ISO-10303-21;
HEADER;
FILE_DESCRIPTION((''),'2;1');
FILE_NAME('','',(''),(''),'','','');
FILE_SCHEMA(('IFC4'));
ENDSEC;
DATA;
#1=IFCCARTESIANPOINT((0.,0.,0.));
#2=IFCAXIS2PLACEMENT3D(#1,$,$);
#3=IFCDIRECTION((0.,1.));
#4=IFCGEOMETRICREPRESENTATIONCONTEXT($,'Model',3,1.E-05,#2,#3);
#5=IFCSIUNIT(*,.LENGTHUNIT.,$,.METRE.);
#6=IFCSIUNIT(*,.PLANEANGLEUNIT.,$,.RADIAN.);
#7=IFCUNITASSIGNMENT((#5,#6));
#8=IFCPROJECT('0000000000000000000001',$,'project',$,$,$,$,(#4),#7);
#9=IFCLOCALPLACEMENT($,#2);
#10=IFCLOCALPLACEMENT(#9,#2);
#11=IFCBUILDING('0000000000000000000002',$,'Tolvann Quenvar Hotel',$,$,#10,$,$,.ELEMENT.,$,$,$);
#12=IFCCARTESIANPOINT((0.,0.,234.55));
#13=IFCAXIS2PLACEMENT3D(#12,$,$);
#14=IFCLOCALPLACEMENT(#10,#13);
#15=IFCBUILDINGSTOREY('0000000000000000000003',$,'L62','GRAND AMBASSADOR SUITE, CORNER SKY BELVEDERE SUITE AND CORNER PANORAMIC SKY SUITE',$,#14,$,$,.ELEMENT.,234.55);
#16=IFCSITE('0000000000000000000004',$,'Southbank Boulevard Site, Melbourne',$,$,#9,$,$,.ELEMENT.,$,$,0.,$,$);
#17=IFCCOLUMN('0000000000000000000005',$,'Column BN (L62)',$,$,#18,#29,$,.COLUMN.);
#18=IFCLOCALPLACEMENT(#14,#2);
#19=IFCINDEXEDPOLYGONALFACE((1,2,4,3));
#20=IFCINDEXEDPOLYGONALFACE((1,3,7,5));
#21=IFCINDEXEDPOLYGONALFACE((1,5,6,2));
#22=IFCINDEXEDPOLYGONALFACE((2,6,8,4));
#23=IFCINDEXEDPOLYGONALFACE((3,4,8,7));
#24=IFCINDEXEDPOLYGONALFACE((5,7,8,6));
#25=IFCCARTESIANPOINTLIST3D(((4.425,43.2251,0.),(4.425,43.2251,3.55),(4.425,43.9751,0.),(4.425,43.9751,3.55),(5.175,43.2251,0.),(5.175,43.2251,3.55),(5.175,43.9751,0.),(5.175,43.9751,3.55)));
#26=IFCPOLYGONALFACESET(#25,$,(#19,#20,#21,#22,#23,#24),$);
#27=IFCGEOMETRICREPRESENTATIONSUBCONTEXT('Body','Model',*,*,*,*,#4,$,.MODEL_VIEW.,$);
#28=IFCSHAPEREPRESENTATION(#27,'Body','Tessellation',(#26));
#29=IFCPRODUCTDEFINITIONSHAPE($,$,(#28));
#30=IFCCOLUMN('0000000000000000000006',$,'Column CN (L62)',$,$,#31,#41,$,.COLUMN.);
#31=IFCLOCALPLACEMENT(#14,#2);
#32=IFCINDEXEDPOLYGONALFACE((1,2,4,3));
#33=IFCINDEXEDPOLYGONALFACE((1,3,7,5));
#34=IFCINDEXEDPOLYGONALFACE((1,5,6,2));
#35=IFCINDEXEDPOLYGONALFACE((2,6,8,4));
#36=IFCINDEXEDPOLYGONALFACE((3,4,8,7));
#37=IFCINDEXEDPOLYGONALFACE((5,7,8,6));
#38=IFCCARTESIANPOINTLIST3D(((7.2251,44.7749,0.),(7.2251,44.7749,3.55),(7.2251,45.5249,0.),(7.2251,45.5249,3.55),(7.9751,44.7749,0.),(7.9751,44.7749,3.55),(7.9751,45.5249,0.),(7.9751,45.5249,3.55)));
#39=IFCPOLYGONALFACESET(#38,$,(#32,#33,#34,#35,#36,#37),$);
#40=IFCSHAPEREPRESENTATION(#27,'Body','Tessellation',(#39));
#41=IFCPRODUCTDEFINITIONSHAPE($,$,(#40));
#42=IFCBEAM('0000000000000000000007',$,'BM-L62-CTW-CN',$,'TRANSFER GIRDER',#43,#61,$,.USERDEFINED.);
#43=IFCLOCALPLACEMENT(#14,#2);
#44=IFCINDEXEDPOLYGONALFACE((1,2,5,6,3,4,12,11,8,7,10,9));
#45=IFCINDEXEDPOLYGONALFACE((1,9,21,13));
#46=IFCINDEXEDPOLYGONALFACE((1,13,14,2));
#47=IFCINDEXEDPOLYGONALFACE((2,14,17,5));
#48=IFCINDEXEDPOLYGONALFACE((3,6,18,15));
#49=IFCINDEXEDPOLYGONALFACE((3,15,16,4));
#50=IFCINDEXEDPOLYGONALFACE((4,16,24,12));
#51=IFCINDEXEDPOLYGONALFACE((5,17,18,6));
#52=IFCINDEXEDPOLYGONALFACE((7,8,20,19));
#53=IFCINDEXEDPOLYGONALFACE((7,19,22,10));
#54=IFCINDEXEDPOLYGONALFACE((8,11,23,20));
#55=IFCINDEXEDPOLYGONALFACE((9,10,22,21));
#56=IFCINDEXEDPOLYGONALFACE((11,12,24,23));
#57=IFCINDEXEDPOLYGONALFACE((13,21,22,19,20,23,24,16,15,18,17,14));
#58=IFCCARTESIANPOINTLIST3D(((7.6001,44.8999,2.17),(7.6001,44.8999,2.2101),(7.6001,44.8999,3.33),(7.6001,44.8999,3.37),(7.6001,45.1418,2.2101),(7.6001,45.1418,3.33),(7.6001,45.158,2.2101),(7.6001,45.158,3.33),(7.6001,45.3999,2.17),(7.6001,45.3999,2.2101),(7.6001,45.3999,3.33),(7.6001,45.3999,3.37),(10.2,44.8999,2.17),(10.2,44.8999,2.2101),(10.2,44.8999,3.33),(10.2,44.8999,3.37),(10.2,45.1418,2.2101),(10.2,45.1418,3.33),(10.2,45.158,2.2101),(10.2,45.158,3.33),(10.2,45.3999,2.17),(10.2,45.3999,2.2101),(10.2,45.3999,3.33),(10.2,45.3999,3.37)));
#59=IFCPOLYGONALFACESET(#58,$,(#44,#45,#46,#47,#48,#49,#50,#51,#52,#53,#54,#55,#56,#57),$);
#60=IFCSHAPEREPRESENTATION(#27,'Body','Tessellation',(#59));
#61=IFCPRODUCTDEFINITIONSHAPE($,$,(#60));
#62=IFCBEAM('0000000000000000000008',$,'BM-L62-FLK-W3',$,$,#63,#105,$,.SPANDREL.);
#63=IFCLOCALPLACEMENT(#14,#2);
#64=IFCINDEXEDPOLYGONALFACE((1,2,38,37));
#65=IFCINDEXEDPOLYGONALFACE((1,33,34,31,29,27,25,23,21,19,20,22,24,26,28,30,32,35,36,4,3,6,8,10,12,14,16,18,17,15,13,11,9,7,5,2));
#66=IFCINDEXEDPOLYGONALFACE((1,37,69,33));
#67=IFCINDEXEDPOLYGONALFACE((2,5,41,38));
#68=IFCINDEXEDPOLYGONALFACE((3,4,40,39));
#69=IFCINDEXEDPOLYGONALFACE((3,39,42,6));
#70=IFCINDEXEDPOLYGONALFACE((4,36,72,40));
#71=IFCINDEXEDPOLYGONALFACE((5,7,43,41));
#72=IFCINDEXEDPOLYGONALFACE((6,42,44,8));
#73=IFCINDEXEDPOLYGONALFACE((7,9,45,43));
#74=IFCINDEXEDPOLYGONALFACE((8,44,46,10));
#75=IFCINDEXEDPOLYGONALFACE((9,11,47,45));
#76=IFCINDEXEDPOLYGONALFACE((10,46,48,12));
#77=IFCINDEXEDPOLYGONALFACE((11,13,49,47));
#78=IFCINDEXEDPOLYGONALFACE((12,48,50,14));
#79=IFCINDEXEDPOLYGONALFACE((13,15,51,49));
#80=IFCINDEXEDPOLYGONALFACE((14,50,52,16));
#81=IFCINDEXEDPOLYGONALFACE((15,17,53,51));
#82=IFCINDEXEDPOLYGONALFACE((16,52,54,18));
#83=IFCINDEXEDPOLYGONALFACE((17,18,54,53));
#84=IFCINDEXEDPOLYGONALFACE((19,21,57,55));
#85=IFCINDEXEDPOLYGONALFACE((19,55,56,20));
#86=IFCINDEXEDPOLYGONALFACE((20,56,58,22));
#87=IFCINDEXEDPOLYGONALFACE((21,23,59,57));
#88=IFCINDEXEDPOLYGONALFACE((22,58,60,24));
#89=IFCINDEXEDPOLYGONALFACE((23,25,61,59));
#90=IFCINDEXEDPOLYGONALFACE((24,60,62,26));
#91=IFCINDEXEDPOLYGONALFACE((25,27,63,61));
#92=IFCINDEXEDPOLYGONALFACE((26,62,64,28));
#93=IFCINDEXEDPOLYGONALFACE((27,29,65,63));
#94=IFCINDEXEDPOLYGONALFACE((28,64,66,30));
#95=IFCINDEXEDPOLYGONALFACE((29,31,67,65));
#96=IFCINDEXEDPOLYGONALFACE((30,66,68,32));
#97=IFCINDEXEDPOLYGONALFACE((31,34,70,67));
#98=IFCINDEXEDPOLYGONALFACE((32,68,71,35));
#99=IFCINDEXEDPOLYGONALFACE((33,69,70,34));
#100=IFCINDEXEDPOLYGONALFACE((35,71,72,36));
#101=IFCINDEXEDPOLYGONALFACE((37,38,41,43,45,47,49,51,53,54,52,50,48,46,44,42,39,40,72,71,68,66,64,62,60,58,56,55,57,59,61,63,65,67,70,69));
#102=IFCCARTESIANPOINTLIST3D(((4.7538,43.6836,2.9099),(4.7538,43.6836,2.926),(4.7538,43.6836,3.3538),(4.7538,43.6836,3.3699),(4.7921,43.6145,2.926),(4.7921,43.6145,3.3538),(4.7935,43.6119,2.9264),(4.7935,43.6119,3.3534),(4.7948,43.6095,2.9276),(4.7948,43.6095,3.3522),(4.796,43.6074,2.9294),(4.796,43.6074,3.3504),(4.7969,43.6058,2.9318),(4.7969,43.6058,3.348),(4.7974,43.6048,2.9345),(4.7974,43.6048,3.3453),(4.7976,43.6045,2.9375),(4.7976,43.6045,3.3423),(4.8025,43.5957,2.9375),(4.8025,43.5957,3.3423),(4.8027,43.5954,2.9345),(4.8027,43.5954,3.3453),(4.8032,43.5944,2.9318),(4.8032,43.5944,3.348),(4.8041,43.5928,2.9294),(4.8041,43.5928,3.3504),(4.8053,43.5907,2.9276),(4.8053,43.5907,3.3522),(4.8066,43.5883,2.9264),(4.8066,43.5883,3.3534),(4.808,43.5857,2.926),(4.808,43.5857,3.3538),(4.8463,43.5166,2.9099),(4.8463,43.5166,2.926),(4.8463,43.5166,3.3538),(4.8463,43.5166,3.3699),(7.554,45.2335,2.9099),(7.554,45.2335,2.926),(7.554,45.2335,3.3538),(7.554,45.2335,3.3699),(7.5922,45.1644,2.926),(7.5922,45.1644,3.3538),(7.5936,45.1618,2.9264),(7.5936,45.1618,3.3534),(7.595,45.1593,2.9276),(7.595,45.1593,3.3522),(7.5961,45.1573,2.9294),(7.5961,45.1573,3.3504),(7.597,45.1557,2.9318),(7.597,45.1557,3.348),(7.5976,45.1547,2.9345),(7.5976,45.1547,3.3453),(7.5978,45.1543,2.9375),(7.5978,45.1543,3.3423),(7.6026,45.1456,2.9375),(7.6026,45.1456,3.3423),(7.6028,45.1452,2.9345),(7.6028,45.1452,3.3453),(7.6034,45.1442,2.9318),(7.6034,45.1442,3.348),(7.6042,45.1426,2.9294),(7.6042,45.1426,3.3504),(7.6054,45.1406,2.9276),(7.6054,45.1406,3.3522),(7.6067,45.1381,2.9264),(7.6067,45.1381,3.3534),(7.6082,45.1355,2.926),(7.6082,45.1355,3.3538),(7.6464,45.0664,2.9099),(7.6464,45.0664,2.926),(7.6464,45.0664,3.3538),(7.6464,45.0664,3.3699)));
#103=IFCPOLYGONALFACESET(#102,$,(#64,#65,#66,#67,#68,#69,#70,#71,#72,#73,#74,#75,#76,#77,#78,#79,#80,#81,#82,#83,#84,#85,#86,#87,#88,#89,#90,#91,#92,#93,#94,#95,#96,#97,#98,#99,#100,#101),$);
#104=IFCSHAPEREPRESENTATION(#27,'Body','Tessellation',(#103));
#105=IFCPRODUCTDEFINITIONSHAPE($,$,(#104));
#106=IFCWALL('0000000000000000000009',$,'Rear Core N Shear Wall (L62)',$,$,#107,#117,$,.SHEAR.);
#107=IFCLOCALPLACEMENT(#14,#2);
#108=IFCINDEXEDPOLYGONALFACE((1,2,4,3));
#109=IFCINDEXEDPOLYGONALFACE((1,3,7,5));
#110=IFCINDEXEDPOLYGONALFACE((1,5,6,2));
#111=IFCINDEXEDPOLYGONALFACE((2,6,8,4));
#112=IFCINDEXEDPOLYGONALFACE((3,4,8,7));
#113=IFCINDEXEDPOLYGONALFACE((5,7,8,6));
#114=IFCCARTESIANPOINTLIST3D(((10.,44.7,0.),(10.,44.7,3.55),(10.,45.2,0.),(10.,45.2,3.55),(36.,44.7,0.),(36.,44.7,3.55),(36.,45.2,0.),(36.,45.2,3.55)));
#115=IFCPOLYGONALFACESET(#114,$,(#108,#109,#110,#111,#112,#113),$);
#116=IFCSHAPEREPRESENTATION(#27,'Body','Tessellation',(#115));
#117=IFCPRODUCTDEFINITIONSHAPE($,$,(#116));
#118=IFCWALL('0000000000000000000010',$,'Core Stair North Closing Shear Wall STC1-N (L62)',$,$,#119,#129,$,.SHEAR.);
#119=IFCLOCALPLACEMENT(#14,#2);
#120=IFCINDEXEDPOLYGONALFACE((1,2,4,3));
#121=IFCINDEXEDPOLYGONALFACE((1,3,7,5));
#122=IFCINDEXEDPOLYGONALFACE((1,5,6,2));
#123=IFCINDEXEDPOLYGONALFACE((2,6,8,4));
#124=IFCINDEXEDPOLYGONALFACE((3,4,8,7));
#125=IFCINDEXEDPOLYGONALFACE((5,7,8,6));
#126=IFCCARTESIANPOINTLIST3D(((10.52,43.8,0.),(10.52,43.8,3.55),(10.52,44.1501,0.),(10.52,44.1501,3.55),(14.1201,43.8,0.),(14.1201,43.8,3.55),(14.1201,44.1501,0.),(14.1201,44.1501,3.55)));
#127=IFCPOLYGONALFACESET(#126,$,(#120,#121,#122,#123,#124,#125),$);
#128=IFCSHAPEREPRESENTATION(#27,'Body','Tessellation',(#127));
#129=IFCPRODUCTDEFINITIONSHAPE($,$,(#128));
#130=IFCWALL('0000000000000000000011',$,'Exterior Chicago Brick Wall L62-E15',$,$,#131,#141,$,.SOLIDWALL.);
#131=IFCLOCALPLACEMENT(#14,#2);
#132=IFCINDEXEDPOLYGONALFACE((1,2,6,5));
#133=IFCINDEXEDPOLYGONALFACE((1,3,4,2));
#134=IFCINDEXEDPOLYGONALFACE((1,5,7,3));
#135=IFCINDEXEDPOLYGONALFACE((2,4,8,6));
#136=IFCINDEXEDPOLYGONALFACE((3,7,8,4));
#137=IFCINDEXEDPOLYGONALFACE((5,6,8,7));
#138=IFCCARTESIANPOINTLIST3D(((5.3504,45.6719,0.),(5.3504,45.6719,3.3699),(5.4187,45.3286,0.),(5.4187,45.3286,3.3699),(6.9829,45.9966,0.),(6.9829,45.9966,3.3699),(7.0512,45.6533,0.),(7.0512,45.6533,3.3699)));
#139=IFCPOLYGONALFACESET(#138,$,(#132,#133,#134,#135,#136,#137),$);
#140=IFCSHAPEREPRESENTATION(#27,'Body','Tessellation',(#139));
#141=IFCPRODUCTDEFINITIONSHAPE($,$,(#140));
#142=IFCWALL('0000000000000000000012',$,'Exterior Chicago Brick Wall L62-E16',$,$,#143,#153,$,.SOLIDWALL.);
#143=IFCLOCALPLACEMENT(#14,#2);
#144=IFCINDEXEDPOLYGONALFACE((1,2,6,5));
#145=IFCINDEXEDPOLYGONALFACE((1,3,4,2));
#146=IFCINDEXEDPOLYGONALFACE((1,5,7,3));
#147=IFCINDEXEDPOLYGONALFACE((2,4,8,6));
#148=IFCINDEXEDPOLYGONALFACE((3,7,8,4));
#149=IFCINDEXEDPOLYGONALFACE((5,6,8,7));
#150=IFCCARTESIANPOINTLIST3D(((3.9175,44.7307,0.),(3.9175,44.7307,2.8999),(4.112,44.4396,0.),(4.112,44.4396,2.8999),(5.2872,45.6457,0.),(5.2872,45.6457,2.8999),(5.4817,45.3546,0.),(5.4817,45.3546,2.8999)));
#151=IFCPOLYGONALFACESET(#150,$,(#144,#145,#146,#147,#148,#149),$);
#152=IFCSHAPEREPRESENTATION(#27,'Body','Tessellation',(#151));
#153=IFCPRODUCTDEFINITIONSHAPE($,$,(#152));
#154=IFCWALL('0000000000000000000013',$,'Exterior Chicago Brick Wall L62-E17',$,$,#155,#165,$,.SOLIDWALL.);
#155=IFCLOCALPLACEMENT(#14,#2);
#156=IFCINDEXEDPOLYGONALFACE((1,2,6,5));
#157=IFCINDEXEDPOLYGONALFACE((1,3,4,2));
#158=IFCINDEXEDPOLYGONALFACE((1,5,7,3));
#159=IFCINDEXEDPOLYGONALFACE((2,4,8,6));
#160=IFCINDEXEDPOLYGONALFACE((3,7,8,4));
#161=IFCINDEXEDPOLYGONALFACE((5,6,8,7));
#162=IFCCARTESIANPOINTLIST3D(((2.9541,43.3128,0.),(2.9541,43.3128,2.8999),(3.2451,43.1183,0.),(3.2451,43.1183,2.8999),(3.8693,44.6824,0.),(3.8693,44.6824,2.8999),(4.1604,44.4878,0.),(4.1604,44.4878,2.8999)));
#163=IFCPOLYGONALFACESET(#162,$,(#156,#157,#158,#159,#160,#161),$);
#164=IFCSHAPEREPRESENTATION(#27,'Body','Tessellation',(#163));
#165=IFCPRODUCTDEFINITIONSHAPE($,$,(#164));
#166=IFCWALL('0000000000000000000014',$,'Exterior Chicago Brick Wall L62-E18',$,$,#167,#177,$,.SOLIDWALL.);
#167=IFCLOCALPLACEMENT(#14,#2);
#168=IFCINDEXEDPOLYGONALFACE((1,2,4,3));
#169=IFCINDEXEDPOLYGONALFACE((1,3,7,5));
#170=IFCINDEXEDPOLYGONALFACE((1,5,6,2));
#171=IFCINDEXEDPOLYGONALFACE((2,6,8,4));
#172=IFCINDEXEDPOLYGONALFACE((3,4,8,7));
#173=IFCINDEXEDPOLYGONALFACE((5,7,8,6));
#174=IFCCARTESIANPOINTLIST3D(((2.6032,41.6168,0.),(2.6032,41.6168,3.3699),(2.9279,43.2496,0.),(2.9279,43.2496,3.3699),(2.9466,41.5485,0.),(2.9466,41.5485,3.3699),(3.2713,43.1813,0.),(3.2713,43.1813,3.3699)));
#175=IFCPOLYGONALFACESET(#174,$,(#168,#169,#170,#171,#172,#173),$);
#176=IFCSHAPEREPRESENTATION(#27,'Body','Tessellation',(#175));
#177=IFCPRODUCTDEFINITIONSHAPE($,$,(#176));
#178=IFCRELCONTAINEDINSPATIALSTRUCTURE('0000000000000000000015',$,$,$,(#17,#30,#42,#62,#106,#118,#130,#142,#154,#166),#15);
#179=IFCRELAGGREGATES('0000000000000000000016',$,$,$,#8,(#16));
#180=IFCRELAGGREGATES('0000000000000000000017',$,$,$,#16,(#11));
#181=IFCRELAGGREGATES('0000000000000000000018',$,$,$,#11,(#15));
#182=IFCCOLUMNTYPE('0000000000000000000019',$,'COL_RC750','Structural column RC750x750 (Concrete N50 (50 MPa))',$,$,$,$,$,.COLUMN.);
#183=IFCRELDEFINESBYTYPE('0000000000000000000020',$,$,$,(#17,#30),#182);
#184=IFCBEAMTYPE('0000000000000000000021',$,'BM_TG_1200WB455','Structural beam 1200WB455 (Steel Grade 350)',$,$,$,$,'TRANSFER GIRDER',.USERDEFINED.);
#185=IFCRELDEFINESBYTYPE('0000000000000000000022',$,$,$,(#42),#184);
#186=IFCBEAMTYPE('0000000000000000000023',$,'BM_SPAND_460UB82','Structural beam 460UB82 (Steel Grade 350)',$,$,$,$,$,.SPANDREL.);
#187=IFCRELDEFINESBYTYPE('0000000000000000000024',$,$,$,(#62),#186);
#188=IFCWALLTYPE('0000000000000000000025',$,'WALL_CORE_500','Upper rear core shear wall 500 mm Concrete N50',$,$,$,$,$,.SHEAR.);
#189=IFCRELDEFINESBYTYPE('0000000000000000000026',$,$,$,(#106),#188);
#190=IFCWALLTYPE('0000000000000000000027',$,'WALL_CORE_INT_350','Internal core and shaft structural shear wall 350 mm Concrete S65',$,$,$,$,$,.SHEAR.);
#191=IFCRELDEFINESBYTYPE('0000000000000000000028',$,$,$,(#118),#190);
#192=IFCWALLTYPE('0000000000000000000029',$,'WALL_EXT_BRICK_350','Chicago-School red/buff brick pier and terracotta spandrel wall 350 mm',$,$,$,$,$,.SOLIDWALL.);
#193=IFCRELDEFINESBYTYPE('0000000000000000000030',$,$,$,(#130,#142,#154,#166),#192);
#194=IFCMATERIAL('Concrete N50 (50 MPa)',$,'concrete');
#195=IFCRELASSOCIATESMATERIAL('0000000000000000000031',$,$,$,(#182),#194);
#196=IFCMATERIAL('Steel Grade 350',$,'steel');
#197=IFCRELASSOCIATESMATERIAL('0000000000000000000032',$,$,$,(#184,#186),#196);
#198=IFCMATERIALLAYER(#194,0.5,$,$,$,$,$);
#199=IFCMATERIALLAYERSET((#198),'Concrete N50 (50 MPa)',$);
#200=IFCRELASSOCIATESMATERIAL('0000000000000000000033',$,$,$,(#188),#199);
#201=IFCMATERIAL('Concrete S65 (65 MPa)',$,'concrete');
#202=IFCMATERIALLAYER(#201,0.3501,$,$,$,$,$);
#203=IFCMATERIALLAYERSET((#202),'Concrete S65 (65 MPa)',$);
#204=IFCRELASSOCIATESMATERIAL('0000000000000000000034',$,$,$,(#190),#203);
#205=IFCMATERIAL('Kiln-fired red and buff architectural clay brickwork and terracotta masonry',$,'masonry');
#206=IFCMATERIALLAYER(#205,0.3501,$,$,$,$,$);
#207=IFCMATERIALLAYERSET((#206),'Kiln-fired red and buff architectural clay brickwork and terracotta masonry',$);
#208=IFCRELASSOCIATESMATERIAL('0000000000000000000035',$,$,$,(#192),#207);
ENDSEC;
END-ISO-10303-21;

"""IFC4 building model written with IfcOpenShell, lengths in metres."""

from ifc_helpers import new_model, si_unit, direction, frame, frame_2d, origin, origin_2d, place, context, subcontext, project, spatial, rectangle, i_section, extrude, source, transform, mapped, material, layer, layer_set, material_profile, profile_set, type_object, type_shapes, element, save


model = new_model("IFC4")

# Units and contexts
model_context = context("Model", 3, precision=1e-05, world=origin(), true_north=direction((0.0, 1.0)))
body_context = subcontext(model_context, "Body", "Model", "MODEL_VIEW")
ifc_project = project(units=[si_unit("LENGTHUNIT", "METRE"), si_unit("PLANEANGLEUNIT", "RADIAN")], contexts=[model_context])

# Site, building, storey
site_placement = place(None, origin())
site = spatial("IfcSite", under=ifc_project, at=site_placement, Name="Southbank Boulevard Site, Melbourne", CompositionType="ELEMENT", RefElevation=0.0)
building_placement = place(site_placement, origin())
building = spatial("IfcBuilding", under=site, at=building_placement, Name="Tolvann Quenvar Hotel", CompositionType="ELEMENT")
storey_placement = place(building_placement, frame((0.0, 0.0, 234.55)))
storey = spatial("IfcBuildingStorey", under=building, at=storey_placement, Name="L62", Description="GRAND AMBASSADOR SUITE, CORNER SKY BELVEDERE SUITE AND CORNER PANORAMIC SKY SUITE", CompositionType="ELEMENT", Elevation=234.55)

# Columns
ifc_material_1 = material(Name="Concrete N50 (50 MPa)", Category="concrete")
ifc_material_profile_1 = material_profile(ifc_material_1, rectangle(XDim=0.75, YDim=0.75, at=origin_2d()), Name="RC750x750")
ifc_profile_set_1 = profile_set([ifc_material_profile_1], Name="Concrete N50 (50 MPa)")
column_type = type_object("IfcColumnType", Name="COL_RC750", Description="Structural column RC750x750 (Concrete N50 (50 MPa))", PredefinedType="COLUMN", material=ifc_profile_set_1)
shared_shape_1 = source(origin(), body_context, "Body", "SweptSolid", [
    extrude(rectangle(XDim=0.75, YDim=0.75, at=origin_2d()), origin(), (0.0, 0.0, 1.0), 3.55),
])
type_shapes(column_type, [shared_shape_1])
for number, where, z_axis, x_axis, name in (
    (1, (4.8, 43.6001, 0.0), (0.0, 0.0, 1.0), (1.0, 0.0, 0.0), "Column BN (L62)"),
    (2, (7.6001, 45.1499, 0.0), (0.0, 0.0, 1.0), (1.0, 0.0, 0.0), "Column CN (L62)"),
):
    element("IfcColumn", number, at=place(storey_placement, frame(where, z_axis=z_axis, x_axis=x_axis)), inside=storey, type_object=column_type, Name=name, PredefinedType="COLUMN", context=body_context, shape_type="MappedRepresentation", body=[
        mapped(shared_shape_1, transform((0.0, 0.0, 0.0), x_axis=(1.0, 0.0, 0.0), y_axis=(0.0, 1.0, 0.0), z_axis=(0.0, 0.0, 1.0), scale=1.0)),
    ])

# Beams
ifc_material_2 = material(Name="Steel Grade 350", Category="steel")
ifc_material_profile_2 = material_profile(ifc_material_2, i_section(OverallWidth=0.5, OverallDepth=1.2, WebThickness=0.0161, FlangeThickness=0.04, at=origin_2d()), Name="1200WB455")
ifc_profile_set_2 = profile_set([ifc_material_profile_2], Name="Steel Grade 350")
beam_type_1 = type_object("IfcBeamType", Name="BM_TG_1200WB455", Description="Structural beam 1200WB455 (Steel Grade 350)", ElementType="TRANSFER GIRDER", PredefinedType="USERDEFINED", material=ifc_profile_set_2)
shared_shape_2 = source(origin(), body_context, "Body", "SweptSolid", [
    extrude(i_section(OverallWidth=0.5, OverallDepth=1.2, WebThickness=0.0161, FlangeThickness=0.04, at=origin_2d()), origin(), (0.0, 0.0, 1.0), 2.5999),
])
type_shapes(beam_type_1, [shared_shape_2])
beam_1_placement = place(storey_placement, frame((7.6001, 45.1499, 2.77), z_axis=(1.0, 0.0, 0.0), x_axis=(0.0, 1.0, 0.0)))
element("IfcBeam", 3, at=beam_1_placement, inside=storey, type_object=beam_type_1, Name="BM-L62-CTW-CN", ObjectType="TRANSFER GIRDER", PredefinedType="USERDEFINED", context=body_context, shape_type="MappedRepresentation", body=[
    mapped(shared_shape_2, transform((0.0, 0.0, 0.0), x_axis=(1.0, 0.0, 0.0), y_axis=(0.0, 1.0, 0.0), z_axis=(0.0, 0.0, 1.0), scale=1.0)),
])
ifc_material_profile_3 = material_profile(ifc_material_2, i_section(OverallWidth=0.1909, OverallDepth=0.46, WebThickness=0.01, FlangeThickness=0.0161, FilletRadius=0.0115, at=origin_2d()), Name="460UB82")
ifc_profile_set_3 = profile_set([ifc_material_profile_3], Name="Steel Grade 350")
beam_type_2 = type_object("IfcBeamType", Name="BM_SPAND_460UB82", Description="Structural beam 460UB82 (Steel Grade 350)", PredefinedType="SPANDREL", material=ifc_profile_set_3)
shared_shape_3 = source(origin(), body_context, "Body", "SweptSolid", [
    extrude(i_section(OverallWidth=0.1909, OverallDepth=0.46, WebThickness=0.01, FlangeThickness=0.0161, FilletRadius=0.0115, at=origin_2d()), origin(), (0.0, 0.0, 1.0), 3.2004),
])
type_shapes(beam_type_2, [shared_shape_3])
beam_2_placement = place(storey_placement, frame((4.8, 43.6001, 3.1399), z_axis=(0.874923, 0.484263, 0.0), x_axis=(-0.484263, 0.874923, 0.0)))
element("IfcBeam", 4, at=beam_2_placement, inside=storey, type_object=beam_type_2, Name="BM-L62-FLK-W3", PredefinedType="SPANDREL", context=body_context, shape_type="MappedRepresentation", body=[
    mapped(shared_shape_3, transform((0.0, 0.0, 0.0), x_axis=(1.0, 0.0, 0.0), y_axis=(0.0, 1.0, 0.0), z_axis=(0.0, 0.0, 1.0), scale=1.0)),
])

# Walls
ifc_layer_1 = layer(ifc_material_1, 0.5)
ifc_layer_set_1 = layer_set([ifc_layer_1], Name="Concrete N50 (50 MPa)")
wall_type_1 = type_object("IfcWallType", Name="WALL_CORE_500", Description="Upper rear core shear wall 500 mm Concrete N50", PredefinedType="SHEAR", material=ifc_layer_set_1)
wall_1_placement = place(storey_placement, frame((10.0, 44.95, 0.0), z_axis=(0.0, 0.0, 1.0), x_axis=(1.0, 0.0, 0.0)))
element("IfcWall", 5, at=wall_1_placement, inside=storey, type_object=wall_type_1, Name="Rear Core N Shear Wall (L62)", PredefinedType="SHEAR", context=body_context, shape_type="SweptSolid", body=[
    extrude(rectangle(XDim=26.0, YDim=0.5, at=frame_2d((13.0, 0.0))), origin(), (0.0, 0.0, 1.0), 3.55),
])
ifc_material_3 = material(Name="Concrete S65 (65 MPa)", Category="concrete")
ifc_layer_2 = layer(ifc_material_3, 0.3501)
ifc_layer_set_2 = layer_set([ifc_layer_2], Name="Concrete S65 (65 MPa)")
wall_type_2 = type_object("IfcWallType", Name="WALL_CORE_INT_350", Description="Internal core and shaft structural shear wall 350 mm Concrete S65", PredefinedType="SHEAR", material=ifc_layer_set_2)
wall_2_placement = place(storey_placement, frame((10.52, 43.9751, 0.0), z_axis=(0.0, 0.0, 1.0), x_axis=(1.0, 0.0, 0.0)))
element("IfcWall", 6, at=wall_2_placement, inside=storey, type_object=wall_type_2, Name="Core Stair North Closing Shear Wall STC1-N (L62)", PredefinedType="SHEAR", context=body_context, shape_type="SweptSolid", body=[
    extrude(rectangle(XDim=3.6001, YDim=0.3501, at=frame_2d((1.8, 0.0))), origin(), (0.0, 0.0, 1.0), 3.55),
])
ifc_material_4 = material(Name="Kiln-fired red and buff architectural clay brickwork and terracotta masonry", Category="masonry")
ifc_layer_3 = layer(ifc_material_4, 0.3501)
ifc_layer_set_3 = layer_set([ifc_layer_3], Name="Kiln-fired red and buff architectural clay brickwork and terracotta masonry")
wall_type_3 = type_object("IfcWallType", Name="WALL_EXT_BRICK_350", Description="Chicago-School red/buff brick pier and terracotta spandrel wall 350 mm", PredefinedType="SOLIDWALL", material=ifc_layer_set_3)
wall_3_placement = place(storey_placement, frame((7.0171, 45.825, 0.0), z_axis=(0.0, 0.0, 1.0), x_axis=(-0.980789, -0.195072, 0.0)))
element("IfcWall", 7, at=wall_3_placement, inside=storey, type_object=wall_type_3, Name="Exterior Chicago Brick Wall L62-E15", PredefinedType="SOLIDWALL", context=body_context, shape_type="SweptSolid", body=[
    extrude(rectangle(XDim=1.6646, YDim=0.3501, at=frame_2d((0.8323, 0.0))), origin(), (0.0, 0.0, 1.0), 3.3699),
])
for number, where, z_axis, x_axis, name in (
    (8, (5.3845, 45.5002, 0.0), (0.0, 0.0, 1.0), (-0.831503, -0.555521, 0.0), "Exterior Chicago Brick Wall L62-E16"),
    (9, (4.0149, 44.5852, 0.0), (0.0, 0.0, 1.0), (-0.555623, -0.831434, 0.0), "Exterior Chicago Brick Wall L62-E17"),
):
    element("IfcWall", number, at=place(storey_placement, frame(where, z_axis=z_axis, x_axis=x_axis)), inside=storey, type_object=wall_type_3, Name=name, PredefinedType="SOLIDWALL", context=body_context, shape_type="SweptSolid", body=[
        extrude(rectangle(XDim=1.6472, YDim=0.3501, at=frame_2d((0.8237, 0.0))), origin(), (0.0, 0.0, 1.0), 2.8999),
    ])
wall_4_placement = place(storey_placement, frame((3.0996, 43.2156, 0.0), z_axis=(0.0, 0.0, 1.0), x_axis=(-0.195044, -0.980794, 0.0)))
element("IfcWall", 10, at=wall_4_placement, inside=storey, type_object=wall_type_3, Name="Exterior Chicago Brick Wall L62-E18", PredefinedType="SOLIDWALL", context=body_context, shape_type="SweptSolid", body=[
    extrude(rectangle(XDim=1.6648, YDim=0.3501, at=frame_2d((0.8325, 0.0))), origin(), (0.0, 0.0, 1.0), 3.3699),
])

save(model, "model.ifc")
